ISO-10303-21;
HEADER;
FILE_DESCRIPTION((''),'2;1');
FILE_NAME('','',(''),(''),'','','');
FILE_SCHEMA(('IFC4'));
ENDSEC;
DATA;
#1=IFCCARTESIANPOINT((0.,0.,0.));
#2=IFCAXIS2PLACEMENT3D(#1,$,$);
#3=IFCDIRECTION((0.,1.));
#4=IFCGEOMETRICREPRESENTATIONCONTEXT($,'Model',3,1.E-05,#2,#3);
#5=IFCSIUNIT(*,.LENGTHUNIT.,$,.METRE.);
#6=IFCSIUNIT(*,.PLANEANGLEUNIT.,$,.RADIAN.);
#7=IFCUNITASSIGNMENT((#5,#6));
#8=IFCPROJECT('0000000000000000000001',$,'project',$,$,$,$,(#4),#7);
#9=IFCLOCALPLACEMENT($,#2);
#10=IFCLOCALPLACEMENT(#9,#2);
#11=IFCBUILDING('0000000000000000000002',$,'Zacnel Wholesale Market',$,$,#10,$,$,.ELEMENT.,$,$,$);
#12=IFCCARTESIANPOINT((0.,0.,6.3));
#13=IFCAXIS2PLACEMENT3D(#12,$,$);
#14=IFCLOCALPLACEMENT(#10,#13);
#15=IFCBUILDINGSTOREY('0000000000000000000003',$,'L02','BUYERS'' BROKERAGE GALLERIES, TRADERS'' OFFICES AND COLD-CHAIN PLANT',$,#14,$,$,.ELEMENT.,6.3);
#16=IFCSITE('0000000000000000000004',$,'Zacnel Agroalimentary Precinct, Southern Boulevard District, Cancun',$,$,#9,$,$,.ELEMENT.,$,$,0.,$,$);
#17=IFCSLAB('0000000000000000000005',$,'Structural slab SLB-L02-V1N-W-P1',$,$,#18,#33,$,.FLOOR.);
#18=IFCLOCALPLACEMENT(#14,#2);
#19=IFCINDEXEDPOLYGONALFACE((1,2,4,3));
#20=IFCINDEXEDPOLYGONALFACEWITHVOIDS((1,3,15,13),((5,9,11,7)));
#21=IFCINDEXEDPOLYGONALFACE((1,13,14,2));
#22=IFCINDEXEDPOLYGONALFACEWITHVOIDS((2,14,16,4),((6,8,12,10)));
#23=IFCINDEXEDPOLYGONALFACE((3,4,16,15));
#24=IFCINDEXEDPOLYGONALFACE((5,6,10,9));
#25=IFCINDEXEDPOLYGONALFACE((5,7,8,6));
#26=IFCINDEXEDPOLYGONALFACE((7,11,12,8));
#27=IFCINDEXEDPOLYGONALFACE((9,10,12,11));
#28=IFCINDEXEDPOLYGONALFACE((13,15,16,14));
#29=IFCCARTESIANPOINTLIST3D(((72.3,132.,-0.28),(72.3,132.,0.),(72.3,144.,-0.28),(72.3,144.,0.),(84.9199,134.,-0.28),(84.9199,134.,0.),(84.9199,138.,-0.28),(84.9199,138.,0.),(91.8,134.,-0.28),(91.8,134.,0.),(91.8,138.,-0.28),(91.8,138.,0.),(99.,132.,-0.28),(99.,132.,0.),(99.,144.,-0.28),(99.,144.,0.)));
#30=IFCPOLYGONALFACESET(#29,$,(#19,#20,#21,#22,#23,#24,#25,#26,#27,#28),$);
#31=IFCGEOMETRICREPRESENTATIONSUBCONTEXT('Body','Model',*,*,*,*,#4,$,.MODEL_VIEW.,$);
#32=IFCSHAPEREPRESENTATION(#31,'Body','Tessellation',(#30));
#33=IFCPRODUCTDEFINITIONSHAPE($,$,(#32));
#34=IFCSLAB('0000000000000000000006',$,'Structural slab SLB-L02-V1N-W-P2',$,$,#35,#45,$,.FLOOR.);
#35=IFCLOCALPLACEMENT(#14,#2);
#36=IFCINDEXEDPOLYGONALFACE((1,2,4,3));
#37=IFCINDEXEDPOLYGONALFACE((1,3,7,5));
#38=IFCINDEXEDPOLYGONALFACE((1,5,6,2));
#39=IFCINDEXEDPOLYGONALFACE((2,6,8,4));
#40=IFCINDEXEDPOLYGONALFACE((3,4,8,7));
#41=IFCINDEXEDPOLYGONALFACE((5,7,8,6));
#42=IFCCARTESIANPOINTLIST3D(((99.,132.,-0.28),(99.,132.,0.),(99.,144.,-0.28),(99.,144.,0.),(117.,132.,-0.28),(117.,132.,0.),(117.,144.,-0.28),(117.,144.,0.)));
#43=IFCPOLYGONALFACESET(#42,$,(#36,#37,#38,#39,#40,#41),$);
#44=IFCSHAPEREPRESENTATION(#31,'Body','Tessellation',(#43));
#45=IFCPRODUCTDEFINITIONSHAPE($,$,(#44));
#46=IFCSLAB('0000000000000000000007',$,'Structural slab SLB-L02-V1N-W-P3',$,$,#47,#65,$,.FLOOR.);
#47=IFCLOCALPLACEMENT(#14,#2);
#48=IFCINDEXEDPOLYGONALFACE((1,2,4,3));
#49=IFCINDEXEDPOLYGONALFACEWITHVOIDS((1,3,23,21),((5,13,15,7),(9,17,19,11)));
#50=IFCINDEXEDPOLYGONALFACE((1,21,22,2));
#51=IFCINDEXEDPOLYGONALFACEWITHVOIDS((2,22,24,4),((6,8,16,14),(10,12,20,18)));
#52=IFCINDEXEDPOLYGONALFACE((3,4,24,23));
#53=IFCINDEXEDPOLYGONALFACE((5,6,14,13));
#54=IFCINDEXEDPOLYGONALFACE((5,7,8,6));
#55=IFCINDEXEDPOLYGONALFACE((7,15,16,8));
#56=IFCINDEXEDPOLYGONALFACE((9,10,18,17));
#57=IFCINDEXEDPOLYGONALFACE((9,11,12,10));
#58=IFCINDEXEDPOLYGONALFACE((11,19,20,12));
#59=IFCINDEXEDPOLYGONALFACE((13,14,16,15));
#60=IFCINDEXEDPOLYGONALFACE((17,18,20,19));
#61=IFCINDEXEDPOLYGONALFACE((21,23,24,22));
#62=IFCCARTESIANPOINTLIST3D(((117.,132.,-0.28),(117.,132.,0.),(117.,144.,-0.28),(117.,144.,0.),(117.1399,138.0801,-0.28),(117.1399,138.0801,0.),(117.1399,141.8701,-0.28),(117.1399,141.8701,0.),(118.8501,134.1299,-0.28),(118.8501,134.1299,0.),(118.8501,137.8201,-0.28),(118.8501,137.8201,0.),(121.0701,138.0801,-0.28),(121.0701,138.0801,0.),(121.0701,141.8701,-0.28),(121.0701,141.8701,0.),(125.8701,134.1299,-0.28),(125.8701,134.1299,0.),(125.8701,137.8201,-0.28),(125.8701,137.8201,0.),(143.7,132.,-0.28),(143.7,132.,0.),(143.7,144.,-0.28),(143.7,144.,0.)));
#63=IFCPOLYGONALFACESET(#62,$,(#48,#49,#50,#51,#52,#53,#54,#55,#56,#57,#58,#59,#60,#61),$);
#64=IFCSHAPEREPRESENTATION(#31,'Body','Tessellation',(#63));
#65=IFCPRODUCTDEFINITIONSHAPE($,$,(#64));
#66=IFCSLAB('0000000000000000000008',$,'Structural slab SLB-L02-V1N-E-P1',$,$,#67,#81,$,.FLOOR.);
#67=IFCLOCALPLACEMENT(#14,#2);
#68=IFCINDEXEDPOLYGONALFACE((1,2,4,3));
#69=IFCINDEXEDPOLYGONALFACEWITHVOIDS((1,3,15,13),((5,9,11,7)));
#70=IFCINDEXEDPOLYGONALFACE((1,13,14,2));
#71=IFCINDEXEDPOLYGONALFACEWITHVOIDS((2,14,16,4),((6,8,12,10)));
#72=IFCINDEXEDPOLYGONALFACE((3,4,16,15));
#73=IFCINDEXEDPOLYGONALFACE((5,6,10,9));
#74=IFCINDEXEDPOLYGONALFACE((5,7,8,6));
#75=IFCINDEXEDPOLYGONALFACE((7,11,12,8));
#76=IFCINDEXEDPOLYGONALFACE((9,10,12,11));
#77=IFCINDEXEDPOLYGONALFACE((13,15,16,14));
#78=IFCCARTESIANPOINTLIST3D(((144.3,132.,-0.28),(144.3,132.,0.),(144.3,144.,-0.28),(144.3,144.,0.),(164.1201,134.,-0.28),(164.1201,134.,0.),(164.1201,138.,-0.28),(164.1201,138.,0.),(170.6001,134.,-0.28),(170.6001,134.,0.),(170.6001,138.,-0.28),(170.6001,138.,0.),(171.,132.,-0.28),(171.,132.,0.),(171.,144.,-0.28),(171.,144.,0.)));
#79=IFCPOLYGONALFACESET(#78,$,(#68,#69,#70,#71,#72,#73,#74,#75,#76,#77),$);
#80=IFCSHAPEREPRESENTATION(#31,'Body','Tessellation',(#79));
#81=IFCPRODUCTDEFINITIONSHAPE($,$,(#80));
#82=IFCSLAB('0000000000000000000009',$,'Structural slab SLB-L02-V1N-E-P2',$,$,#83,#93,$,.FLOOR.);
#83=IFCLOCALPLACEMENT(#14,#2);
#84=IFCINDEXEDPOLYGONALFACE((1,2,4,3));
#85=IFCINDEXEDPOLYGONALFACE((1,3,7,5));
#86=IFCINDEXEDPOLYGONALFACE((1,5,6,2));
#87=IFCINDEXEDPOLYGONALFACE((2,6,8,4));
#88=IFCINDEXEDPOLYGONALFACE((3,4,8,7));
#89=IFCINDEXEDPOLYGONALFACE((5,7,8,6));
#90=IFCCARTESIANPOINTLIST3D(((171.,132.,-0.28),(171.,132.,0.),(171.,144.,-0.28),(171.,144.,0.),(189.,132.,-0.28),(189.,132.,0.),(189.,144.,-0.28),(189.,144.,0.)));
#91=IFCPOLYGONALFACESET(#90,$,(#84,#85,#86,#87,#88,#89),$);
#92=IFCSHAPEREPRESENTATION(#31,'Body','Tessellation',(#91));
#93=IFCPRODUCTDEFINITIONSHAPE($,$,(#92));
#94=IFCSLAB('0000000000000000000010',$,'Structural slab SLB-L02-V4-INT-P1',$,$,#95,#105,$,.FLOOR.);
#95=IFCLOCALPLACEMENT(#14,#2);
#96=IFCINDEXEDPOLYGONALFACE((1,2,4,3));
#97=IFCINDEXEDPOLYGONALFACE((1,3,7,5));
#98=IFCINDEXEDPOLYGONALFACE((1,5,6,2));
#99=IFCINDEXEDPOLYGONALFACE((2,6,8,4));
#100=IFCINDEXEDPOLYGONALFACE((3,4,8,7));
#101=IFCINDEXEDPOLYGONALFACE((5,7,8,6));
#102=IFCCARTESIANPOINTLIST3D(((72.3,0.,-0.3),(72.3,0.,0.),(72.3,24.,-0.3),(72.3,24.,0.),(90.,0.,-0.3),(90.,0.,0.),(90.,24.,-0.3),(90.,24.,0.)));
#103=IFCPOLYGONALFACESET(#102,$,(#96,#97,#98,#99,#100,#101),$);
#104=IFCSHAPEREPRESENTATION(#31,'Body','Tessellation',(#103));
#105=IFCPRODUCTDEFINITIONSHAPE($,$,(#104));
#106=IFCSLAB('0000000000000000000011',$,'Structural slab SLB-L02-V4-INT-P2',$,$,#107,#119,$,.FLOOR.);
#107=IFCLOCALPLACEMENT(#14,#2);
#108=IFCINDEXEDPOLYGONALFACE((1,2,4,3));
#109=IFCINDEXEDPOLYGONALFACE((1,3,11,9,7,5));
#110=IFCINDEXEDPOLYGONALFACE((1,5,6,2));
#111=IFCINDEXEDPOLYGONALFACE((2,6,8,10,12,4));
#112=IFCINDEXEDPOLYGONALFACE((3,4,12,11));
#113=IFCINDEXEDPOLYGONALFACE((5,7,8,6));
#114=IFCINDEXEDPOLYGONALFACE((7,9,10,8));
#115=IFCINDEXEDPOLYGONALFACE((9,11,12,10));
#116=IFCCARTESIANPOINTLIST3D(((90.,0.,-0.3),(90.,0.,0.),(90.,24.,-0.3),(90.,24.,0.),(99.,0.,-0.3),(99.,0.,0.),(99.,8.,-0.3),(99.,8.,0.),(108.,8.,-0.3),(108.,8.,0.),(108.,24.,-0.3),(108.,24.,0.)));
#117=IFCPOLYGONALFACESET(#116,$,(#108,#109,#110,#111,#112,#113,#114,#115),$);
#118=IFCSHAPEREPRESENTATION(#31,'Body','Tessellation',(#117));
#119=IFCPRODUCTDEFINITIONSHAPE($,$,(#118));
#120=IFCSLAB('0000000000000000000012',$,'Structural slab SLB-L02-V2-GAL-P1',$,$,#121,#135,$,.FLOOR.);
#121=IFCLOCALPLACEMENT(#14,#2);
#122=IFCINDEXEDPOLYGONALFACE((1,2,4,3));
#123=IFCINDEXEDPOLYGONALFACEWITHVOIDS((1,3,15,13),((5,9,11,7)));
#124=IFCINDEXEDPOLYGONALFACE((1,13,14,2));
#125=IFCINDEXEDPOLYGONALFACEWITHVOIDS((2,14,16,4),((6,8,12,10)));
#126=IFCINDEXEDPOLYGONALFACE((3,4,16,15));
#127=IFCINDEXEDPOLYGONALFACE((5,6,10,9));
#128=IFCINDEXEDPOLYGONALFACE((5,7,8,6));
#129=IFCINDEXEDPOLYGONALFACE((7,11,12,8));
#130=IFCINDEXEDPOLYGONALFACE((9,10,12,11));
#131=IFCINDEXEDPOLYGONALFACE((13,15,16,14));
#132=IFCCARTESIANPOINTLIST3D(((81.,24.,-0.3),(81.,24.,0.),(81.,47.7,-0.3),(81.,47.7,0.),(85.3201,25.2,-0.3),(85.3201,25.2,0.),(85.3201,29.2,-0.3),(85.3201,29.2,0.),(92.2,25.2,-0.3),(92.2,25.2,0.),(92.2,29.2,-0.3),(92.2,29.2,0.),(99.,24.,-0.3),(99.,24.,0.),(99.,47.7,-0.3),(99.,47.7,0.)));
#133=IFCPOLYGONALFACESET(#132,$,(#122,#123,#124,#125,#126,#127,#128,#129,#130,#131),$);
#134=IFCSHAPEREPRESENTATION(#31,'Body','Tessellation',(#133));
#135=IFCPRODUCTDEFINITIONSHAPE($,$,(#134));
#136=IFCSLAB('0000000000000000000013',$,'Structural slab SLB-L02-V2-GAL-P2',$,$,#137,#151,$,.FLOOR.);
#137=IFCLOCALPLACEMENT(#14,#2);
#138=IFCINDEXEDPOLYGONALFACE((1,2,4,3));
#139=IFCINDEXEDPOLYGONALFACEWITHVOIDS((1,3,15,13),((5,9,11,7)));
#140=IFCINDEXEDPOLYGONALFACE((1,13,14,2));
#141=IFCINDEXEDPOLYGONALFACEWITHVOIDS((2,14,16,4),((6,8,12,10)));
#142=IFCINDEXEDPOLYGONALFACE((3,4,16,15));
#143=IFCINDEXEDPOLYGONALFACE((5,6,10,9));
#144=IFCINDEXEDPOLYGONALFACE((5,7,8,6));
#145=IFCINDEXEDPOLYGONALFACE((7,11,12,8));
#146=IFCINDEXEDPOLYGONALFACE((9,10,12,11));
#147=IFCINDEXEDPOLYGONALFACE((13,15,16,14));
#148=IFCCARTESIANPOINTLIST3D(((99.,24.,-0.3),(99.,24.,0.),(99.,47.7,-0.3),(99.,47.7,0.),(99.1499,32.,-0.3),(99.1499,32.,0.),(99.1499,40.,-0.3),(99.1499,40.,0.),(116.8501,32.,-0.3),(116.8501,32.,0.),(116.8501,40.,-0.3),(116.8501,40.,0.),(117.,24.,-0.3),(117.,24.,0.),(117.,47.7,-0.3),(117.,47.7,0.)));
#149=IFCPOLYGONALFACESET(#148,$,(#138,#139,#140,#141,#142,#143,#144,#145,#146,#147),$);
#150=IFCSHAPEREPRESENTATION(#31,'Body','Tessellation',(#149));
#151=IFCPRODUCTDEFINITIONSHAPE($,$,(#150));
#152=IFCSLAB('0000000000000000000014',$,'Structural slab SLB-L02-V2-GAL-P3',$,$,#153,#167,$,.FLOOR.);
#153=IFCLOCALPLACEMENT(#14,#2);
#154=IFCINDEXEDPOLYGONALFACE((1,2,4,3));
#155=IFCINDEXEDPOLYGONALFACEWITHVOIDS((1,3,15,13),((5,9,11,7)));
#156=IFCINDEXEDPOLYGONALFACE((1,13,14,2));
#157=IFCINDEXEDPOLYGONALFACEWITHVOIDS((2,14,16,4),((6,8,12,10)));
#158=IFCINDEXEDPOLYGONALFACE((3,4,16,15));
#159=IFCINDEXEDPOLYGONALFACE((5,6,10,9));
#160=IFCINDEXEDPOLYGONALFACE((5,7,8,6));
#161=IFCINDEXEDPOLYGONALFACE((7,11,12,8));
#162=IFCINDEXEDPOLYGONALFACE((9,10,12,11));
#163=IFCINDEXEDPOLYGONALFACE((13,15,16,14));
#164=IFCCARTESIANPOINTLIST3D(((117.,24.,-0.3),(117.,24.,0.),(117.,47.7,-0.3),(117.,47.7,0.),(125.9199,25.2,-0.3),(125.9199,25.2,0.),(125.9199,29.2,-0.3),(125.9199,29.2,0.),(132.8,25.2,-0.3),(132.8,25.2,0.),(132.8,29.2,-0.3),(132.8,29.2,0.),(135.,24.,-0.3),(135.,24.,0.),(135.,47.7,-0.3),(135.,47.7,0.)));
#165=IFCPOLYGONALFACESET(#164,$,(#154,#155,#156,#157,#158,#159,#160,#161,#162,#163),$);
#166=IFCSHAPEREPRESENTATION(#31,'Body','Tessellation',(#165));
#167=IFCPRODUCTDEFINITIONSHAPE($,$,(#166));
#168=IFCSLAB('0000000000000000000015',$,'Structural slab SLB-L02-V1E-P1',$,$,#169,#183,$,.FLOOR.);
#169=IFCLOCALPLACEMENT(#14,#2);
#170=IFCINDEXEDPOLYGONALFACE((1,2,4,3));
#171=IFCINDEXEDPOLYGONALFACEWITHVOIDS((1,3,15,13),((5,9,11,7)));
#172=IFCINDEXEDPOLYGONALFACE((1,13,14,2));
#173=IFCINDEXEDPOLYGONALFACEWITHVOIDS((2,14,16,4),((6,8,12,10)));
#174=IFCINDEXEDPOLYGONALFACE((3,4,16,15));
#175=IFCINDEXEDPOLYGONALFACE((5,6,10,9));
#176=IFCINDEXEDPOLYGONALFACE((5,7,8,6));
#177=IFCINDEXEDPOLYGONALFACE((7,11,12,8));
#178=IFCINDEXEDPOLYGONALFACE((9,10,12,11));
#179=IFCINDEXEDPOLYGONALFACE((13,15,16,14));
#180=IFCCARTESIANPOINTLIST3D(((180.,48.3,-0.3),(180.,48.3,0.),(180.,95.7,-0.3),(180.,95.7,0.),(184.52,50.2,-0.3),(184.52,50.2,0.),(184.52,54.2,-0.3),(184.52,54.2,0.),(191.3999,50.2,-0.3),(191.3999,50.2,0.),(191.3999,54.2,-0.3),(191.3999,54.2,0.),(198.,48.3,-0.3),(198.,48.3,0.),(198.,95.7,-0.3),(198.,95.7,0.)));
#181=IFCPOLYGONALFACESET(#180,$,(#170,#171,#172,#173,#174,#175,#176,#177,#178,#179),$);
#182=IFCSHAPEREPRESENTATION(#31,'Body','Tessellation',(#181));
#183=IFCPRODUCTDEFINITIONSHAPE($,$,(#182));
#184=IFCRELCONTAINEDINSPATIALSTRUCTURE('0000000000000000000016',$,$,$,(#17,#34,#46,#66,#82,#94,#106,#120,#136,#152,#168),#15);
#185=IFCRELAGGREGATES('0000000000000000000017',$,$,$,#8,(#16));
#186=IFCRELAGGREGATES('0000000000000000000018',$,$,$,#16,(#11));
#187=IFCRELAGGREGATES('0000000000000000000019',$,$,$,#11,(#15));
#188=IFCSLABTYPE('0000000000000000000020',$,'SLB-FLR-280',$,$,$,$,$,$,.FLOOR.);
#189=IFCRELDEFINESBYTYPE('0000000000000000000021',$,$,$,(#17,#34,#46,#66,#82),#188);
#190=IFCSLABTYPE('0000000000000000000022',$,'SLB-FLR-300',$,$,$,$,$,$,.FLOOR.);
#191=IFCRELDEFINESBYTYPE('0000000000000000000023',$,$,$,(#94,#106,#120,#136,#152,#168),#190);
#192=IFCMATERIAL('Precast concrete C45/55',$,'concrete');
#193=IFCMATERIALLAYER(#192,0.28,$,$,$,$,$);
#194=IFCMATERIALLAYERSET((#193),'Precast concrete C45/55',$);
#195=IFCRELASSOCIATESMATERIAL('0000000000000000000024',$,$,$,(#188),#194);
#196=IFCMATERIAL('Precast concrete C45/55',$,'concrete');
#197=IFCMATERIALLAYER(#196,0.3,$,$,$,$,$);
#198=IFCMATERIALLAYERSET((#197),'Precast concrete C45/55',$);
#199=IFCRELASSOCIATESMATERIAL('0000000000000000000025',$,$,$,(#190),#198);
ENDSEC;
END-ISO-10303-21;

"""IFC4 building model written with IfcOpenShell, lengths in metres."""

from ifc_helpers import new_model, si_unit, direction, frame, origin, place, context, subcontext, project, spatial, polyline, outline, extrude, material, layer, layer_set, type_object, element, save


model = new_model("IFC4")

# Units and contexts
model_context = context("Model", 3, precision=1e-05, world=origin(), true_north=direction((0.0, 1.0)))
body_context = subcontext(model_context, "Body", "Model", "MODEL_VIEW")
ifc_project = project(units=[si_unit("LENGTHUNIT", "METRE"), si_unit("PLANEANGLEUNIT", "RADIAN")], contexts=[model_context])

# Site, building, storey
site_placement = place(None, origin())
site = spatial("IfcSite", under=ifc_project, at=site_placement, Name="Zacnel Agroalimentary Precinct, Southern Boulevard District, Cancun", CompositionType="ELEMENT", RefElevation=0.0)
building_placement = place(site_placement, origin())
building = spatial("IfcBuilding", under=site, at=building_placement, Name="Zacnel Wholesale Market", CompositionType="ELEMENT")
storey_placement = place(building_placement, frame((0.0, 0.0, 6.3)))
storey = spatial("IfcBuildingStorey", under=building, at=storey_placement, Name="L02", Description="BUYERS' BROKERAGE GALLERIES, TRADERS' OFFICES AND COLD-CHAIN PLANT", CompositionType="ELEMENT", Elevation=6.3)

# Slabs
ifc_material_1 = material(Name="Precast concrete C45/55", Category="concrete")
ifc_layer_1 = layer(ifc_material_1, 0.28)
ifc_layer_set_1 = layer_set([ifc_layer_1], Name="Precast concrete C45/55")
slab_type_1 = type_object("IfcSlabType", Name="SLB-FLR-280", PredefinedType="FLOOR", material=ifc_layer_set_1)
slab_1_placement = place(storey_placement, frame((0.0, 0.0, -0.28)))
element("IfcSlab", 1, at=slab_1_placement, inside=storey, type_object=slab_type_1, Name="Structural slab SLB-L02-V1N-W-P1", PredefinedType="FLOOR", context=body_context, shape_type="SweptSolid", body=[
    extrude(outline(polyline([(99.0, 144.0), (99.0, 132.0), (72.3, 132.0), (72.3, 144.0), (99.0, 144.0)]), holes=[polyline([(84.9199, 134.0), (91.8, 134.0), (91.8, 138.0), (84.9199, 138.0), (84.9199, 134.0)])]), origin(), (0.0, 0.0, 1.0), 0.28),
])
slab_2_placement = place(storey_placement, frame((0.0, 0.0, -0.28)))
element("IfcSlab", 2, at=slab_2_placement, inside=storey, type_object=slab_type_1, Name="Structural slab SLB-L02-V1N-W-P2", PredefinedType="FLOOR", context=body_context, shape_type="SweptSolid", body=[
    extrude(outline(polyline([(117.0, 144.0), (117.0, 132.0), (99.0, 132.0), (99.0, 144.0), (117.0, 144.0)])), origin(), (0.0, 0.0, 1.0), 0.28),
])
slab_3_placement = place(storey_placement, frame((0.0, 0.0, -0.28)))
element("IfcSlab", 3, at=slab_3_placement, inside=storey, type_object=slab_type_1, Name="Structural slab SLB-L02-V1N-W-P3", PredefinedType="FLOOR", context=body_context, shape_type="SweptSolid", body=[
    extrude(outline(polyline([(143.7, 132.0), (117.0, 132.0), (117.0, 144.0), (143.7, 144.0), (143.7, 132.0)]), holes=[polyline([(118.8501, 134.1299), (125.8701, 134.1299), (125.8701, 137.8201), (118.8501, 137.8201), (118.8501, 134.1299)]), polyline([(117.1399, 138.0801), (121.0701, 138.0801), (121.0701, 141.8701), (117.1399, 141.8701), (117.1399, 138.0801)])]), origin(), (0.0, 0.0, 1.0), 0.28),
])
slab_4_placement = place(storey_placement, frame((0.0, 0.0, -0.28)))
element("IfcSlab", 4, at=slab_4_placement, inside=storey, type_object=slab_type_1, Name="Structural slab SLB-L02-V1N-E-P1", PredefinedType="FLOOR", context=body_context, shape_type="SweptSolid", body=[
    extrude(outline(polyline([(171.0, 144.0), (171.0, 132.0), (144.3, 132.0), (144.3, 144.0), (171.0, 144.0)]), holes=[polyline([(164.1201, 134.0), (170.6001, 134.0), (170.6001, 138.0), (164.1201, 138.0), (164.1201, 134.0)])]), origin(), (0.0, 0.0, 1.0), 0.28),
])
slab_5_placement = place(storey_placement, frame((0.0, 0.0, -0.28)))
element("IfcSlab", 5, at=slab_5_placement, inside=storey, type_object=slab_type_1, Name="Structural slab SLB-L02-V1N-E-P2", PredefinedType="FLOOR", context=body_context, shape_type="SweptSolid", body=[
    extrude(outline(polyline([(189.0, 132.0), (171.0, 132.0), (171.0, 144.0), (189.0, 144.0), (189.0, 132.0)])), origin(), (0.0, 0.0, 1.0), 0.28),
])
ifc_material_2 = material(Name="Precast concrete C45/55", Category="concrete")
ifc_layer_2 = layer(ifc_material_2, 0.3)
ifc_layer_set_2 = layer_set([ifc_layer_2], Name="Precast concrete C45/55")
slab_type_2 = type_object("IfcSlabType", Name="SLB-FLR-300", PredefinedType="FLOOR", material=ifc_layer_set_2)
slab_6_placement = place(storey_placement, frame((0.0, 0.0, -0.3)))
element("IfcSlab", 6, at=slab_6_placement, inside=storey, type_object=slab_type_2, Name="Structural slab SLB-L02-V4-INT-P1", PredefinedType="FLOOR", context=body_context, shape_type="SweptSolid", body=[
    extrude(outline(polyline([(72.3, 24.0), (90.0, 24.0), (90.0, 0.0), (72.3, 0.0), (72.3, 24.0)])), origin(), (0.0, 0.0, 1.0), 0.3),
])
slab_7_placement = place(storey_placement, frame((0.0, 0.0, -0.3)))
element("IfcSlab", 7, at=slab_7_placement, inside=storey, type_object=slab_type_2, Name="Structural slab SLB-L02-V4-INT-P2", PredefinedType="FLOOR", context=body_context, shape_type="SweptSolid", body=[
    extrude(outline(polyline([(108.0, 24.0), (108.0, 8.0), (99.0, 8.0), (99.0, 0.0), (90.0, 0.0), (90.0, 24.0), (108.0, 24.0)])), origin(), (0.0, 0.0, 1.0), 0.3),
])
slab_8_placement = place(storey_placement, frame((0.0, 0.0, -0.3)))
element("IfcSlab", 8, at=slab_8_placement, inside=storey, type_object=slab_type_2, Name="Structural slab SLB-L02-V2-GAL-P1", PredefinedType="FLOOR", context=body_context, shape_type="SweptSolid", body=[
    extrude(outline(polyline([(99.0, 47.7), (99.0, 24.0), (81.0, 24.0), (81.0, 47.7), (99.0, 47.7)]), holes=[polyline([(85.3201, 25.2), (92.2, 25.2), (92.2, 29.2), (85.3201, 29.2), (85.3201, 25.2)])]), origin(), (0.0, 0.0, 1.0), 0.3),
])
slab_9_placement = place(storey_placement, frame((0.0, 0.0, -0.3)))
element("IfcSlab", 9, at=slab_9_placement, inside=storey, type_object=slab_type_2, Name="Structural slab SLB-L02-V2-GAL-P2", PredefinedType="FLOOR", context=body_context, shape_type="SweptSolid", body=[
    extrude(outline(polyline([(117.0, 47.7), (117.0, 24.0), (99.0, 24.0), (99.0, 47.7), (117.0, 47.7)]), holes=[polyline([(99.1499, 32.0), (116.8501, 32.0), (116.8501, 40.0), (99.1499, 40.0), (99.1499, 32.0)])]), origin(), (0.0, 0.0, 1.0), 0.3),
])
slab_10_placement = place(storey_placement, frame((0.0, 0.0, -0.3)))
element("IfcSlab", 10, at=slab_10_placement, inside=storey, type_object=slab_type_2, Name="Structural slab SLB-L02-V2-GAL-P3", PredefinedType="FLOOR", context=body_context, shape_type="SweptSolid", body=[
    extrude(outline(polyline([(135.0, 24.0), (117.0, 24.0), (117.0, 47.7), (135.0, 47.7), (135.0, 24.0)]), holes=[polyline([(125.9199, 25.2), (132.8, 25.2), (132.8, 29.2), (125.9199, 29.2), (125.9199, 25.2)])]), origin(), (0.0, 0.0, 1.0), 0.3),
])
slab_11_placement = place(storey_placement, frame((0.0, 0.0, -0.3)))
element("IfcSlab", 11, at=slab_11_placement, inside=storey, type_object=slab_type_2, Name="Structural slab SLB-L02-V1E-P1", PredefinedType="FLOOR", context=body_context, shape_type="SweptSolid", body=[
    extrude(outline(polyline([(198.0, 95.7), (198.0, 48.3), (180.0, 48.3), (180.0, 95.7), (198.0, 95.7)]), holes=[polyline([(184.52, 50.2), (191.3999, 50.2), (191.3999, 54.2), (184.52, 54.2), (184.52, 50.2)])]), origin(), (0.0, 0.0, 1.0), 0.3),
])

save(model, "model.ifc")
